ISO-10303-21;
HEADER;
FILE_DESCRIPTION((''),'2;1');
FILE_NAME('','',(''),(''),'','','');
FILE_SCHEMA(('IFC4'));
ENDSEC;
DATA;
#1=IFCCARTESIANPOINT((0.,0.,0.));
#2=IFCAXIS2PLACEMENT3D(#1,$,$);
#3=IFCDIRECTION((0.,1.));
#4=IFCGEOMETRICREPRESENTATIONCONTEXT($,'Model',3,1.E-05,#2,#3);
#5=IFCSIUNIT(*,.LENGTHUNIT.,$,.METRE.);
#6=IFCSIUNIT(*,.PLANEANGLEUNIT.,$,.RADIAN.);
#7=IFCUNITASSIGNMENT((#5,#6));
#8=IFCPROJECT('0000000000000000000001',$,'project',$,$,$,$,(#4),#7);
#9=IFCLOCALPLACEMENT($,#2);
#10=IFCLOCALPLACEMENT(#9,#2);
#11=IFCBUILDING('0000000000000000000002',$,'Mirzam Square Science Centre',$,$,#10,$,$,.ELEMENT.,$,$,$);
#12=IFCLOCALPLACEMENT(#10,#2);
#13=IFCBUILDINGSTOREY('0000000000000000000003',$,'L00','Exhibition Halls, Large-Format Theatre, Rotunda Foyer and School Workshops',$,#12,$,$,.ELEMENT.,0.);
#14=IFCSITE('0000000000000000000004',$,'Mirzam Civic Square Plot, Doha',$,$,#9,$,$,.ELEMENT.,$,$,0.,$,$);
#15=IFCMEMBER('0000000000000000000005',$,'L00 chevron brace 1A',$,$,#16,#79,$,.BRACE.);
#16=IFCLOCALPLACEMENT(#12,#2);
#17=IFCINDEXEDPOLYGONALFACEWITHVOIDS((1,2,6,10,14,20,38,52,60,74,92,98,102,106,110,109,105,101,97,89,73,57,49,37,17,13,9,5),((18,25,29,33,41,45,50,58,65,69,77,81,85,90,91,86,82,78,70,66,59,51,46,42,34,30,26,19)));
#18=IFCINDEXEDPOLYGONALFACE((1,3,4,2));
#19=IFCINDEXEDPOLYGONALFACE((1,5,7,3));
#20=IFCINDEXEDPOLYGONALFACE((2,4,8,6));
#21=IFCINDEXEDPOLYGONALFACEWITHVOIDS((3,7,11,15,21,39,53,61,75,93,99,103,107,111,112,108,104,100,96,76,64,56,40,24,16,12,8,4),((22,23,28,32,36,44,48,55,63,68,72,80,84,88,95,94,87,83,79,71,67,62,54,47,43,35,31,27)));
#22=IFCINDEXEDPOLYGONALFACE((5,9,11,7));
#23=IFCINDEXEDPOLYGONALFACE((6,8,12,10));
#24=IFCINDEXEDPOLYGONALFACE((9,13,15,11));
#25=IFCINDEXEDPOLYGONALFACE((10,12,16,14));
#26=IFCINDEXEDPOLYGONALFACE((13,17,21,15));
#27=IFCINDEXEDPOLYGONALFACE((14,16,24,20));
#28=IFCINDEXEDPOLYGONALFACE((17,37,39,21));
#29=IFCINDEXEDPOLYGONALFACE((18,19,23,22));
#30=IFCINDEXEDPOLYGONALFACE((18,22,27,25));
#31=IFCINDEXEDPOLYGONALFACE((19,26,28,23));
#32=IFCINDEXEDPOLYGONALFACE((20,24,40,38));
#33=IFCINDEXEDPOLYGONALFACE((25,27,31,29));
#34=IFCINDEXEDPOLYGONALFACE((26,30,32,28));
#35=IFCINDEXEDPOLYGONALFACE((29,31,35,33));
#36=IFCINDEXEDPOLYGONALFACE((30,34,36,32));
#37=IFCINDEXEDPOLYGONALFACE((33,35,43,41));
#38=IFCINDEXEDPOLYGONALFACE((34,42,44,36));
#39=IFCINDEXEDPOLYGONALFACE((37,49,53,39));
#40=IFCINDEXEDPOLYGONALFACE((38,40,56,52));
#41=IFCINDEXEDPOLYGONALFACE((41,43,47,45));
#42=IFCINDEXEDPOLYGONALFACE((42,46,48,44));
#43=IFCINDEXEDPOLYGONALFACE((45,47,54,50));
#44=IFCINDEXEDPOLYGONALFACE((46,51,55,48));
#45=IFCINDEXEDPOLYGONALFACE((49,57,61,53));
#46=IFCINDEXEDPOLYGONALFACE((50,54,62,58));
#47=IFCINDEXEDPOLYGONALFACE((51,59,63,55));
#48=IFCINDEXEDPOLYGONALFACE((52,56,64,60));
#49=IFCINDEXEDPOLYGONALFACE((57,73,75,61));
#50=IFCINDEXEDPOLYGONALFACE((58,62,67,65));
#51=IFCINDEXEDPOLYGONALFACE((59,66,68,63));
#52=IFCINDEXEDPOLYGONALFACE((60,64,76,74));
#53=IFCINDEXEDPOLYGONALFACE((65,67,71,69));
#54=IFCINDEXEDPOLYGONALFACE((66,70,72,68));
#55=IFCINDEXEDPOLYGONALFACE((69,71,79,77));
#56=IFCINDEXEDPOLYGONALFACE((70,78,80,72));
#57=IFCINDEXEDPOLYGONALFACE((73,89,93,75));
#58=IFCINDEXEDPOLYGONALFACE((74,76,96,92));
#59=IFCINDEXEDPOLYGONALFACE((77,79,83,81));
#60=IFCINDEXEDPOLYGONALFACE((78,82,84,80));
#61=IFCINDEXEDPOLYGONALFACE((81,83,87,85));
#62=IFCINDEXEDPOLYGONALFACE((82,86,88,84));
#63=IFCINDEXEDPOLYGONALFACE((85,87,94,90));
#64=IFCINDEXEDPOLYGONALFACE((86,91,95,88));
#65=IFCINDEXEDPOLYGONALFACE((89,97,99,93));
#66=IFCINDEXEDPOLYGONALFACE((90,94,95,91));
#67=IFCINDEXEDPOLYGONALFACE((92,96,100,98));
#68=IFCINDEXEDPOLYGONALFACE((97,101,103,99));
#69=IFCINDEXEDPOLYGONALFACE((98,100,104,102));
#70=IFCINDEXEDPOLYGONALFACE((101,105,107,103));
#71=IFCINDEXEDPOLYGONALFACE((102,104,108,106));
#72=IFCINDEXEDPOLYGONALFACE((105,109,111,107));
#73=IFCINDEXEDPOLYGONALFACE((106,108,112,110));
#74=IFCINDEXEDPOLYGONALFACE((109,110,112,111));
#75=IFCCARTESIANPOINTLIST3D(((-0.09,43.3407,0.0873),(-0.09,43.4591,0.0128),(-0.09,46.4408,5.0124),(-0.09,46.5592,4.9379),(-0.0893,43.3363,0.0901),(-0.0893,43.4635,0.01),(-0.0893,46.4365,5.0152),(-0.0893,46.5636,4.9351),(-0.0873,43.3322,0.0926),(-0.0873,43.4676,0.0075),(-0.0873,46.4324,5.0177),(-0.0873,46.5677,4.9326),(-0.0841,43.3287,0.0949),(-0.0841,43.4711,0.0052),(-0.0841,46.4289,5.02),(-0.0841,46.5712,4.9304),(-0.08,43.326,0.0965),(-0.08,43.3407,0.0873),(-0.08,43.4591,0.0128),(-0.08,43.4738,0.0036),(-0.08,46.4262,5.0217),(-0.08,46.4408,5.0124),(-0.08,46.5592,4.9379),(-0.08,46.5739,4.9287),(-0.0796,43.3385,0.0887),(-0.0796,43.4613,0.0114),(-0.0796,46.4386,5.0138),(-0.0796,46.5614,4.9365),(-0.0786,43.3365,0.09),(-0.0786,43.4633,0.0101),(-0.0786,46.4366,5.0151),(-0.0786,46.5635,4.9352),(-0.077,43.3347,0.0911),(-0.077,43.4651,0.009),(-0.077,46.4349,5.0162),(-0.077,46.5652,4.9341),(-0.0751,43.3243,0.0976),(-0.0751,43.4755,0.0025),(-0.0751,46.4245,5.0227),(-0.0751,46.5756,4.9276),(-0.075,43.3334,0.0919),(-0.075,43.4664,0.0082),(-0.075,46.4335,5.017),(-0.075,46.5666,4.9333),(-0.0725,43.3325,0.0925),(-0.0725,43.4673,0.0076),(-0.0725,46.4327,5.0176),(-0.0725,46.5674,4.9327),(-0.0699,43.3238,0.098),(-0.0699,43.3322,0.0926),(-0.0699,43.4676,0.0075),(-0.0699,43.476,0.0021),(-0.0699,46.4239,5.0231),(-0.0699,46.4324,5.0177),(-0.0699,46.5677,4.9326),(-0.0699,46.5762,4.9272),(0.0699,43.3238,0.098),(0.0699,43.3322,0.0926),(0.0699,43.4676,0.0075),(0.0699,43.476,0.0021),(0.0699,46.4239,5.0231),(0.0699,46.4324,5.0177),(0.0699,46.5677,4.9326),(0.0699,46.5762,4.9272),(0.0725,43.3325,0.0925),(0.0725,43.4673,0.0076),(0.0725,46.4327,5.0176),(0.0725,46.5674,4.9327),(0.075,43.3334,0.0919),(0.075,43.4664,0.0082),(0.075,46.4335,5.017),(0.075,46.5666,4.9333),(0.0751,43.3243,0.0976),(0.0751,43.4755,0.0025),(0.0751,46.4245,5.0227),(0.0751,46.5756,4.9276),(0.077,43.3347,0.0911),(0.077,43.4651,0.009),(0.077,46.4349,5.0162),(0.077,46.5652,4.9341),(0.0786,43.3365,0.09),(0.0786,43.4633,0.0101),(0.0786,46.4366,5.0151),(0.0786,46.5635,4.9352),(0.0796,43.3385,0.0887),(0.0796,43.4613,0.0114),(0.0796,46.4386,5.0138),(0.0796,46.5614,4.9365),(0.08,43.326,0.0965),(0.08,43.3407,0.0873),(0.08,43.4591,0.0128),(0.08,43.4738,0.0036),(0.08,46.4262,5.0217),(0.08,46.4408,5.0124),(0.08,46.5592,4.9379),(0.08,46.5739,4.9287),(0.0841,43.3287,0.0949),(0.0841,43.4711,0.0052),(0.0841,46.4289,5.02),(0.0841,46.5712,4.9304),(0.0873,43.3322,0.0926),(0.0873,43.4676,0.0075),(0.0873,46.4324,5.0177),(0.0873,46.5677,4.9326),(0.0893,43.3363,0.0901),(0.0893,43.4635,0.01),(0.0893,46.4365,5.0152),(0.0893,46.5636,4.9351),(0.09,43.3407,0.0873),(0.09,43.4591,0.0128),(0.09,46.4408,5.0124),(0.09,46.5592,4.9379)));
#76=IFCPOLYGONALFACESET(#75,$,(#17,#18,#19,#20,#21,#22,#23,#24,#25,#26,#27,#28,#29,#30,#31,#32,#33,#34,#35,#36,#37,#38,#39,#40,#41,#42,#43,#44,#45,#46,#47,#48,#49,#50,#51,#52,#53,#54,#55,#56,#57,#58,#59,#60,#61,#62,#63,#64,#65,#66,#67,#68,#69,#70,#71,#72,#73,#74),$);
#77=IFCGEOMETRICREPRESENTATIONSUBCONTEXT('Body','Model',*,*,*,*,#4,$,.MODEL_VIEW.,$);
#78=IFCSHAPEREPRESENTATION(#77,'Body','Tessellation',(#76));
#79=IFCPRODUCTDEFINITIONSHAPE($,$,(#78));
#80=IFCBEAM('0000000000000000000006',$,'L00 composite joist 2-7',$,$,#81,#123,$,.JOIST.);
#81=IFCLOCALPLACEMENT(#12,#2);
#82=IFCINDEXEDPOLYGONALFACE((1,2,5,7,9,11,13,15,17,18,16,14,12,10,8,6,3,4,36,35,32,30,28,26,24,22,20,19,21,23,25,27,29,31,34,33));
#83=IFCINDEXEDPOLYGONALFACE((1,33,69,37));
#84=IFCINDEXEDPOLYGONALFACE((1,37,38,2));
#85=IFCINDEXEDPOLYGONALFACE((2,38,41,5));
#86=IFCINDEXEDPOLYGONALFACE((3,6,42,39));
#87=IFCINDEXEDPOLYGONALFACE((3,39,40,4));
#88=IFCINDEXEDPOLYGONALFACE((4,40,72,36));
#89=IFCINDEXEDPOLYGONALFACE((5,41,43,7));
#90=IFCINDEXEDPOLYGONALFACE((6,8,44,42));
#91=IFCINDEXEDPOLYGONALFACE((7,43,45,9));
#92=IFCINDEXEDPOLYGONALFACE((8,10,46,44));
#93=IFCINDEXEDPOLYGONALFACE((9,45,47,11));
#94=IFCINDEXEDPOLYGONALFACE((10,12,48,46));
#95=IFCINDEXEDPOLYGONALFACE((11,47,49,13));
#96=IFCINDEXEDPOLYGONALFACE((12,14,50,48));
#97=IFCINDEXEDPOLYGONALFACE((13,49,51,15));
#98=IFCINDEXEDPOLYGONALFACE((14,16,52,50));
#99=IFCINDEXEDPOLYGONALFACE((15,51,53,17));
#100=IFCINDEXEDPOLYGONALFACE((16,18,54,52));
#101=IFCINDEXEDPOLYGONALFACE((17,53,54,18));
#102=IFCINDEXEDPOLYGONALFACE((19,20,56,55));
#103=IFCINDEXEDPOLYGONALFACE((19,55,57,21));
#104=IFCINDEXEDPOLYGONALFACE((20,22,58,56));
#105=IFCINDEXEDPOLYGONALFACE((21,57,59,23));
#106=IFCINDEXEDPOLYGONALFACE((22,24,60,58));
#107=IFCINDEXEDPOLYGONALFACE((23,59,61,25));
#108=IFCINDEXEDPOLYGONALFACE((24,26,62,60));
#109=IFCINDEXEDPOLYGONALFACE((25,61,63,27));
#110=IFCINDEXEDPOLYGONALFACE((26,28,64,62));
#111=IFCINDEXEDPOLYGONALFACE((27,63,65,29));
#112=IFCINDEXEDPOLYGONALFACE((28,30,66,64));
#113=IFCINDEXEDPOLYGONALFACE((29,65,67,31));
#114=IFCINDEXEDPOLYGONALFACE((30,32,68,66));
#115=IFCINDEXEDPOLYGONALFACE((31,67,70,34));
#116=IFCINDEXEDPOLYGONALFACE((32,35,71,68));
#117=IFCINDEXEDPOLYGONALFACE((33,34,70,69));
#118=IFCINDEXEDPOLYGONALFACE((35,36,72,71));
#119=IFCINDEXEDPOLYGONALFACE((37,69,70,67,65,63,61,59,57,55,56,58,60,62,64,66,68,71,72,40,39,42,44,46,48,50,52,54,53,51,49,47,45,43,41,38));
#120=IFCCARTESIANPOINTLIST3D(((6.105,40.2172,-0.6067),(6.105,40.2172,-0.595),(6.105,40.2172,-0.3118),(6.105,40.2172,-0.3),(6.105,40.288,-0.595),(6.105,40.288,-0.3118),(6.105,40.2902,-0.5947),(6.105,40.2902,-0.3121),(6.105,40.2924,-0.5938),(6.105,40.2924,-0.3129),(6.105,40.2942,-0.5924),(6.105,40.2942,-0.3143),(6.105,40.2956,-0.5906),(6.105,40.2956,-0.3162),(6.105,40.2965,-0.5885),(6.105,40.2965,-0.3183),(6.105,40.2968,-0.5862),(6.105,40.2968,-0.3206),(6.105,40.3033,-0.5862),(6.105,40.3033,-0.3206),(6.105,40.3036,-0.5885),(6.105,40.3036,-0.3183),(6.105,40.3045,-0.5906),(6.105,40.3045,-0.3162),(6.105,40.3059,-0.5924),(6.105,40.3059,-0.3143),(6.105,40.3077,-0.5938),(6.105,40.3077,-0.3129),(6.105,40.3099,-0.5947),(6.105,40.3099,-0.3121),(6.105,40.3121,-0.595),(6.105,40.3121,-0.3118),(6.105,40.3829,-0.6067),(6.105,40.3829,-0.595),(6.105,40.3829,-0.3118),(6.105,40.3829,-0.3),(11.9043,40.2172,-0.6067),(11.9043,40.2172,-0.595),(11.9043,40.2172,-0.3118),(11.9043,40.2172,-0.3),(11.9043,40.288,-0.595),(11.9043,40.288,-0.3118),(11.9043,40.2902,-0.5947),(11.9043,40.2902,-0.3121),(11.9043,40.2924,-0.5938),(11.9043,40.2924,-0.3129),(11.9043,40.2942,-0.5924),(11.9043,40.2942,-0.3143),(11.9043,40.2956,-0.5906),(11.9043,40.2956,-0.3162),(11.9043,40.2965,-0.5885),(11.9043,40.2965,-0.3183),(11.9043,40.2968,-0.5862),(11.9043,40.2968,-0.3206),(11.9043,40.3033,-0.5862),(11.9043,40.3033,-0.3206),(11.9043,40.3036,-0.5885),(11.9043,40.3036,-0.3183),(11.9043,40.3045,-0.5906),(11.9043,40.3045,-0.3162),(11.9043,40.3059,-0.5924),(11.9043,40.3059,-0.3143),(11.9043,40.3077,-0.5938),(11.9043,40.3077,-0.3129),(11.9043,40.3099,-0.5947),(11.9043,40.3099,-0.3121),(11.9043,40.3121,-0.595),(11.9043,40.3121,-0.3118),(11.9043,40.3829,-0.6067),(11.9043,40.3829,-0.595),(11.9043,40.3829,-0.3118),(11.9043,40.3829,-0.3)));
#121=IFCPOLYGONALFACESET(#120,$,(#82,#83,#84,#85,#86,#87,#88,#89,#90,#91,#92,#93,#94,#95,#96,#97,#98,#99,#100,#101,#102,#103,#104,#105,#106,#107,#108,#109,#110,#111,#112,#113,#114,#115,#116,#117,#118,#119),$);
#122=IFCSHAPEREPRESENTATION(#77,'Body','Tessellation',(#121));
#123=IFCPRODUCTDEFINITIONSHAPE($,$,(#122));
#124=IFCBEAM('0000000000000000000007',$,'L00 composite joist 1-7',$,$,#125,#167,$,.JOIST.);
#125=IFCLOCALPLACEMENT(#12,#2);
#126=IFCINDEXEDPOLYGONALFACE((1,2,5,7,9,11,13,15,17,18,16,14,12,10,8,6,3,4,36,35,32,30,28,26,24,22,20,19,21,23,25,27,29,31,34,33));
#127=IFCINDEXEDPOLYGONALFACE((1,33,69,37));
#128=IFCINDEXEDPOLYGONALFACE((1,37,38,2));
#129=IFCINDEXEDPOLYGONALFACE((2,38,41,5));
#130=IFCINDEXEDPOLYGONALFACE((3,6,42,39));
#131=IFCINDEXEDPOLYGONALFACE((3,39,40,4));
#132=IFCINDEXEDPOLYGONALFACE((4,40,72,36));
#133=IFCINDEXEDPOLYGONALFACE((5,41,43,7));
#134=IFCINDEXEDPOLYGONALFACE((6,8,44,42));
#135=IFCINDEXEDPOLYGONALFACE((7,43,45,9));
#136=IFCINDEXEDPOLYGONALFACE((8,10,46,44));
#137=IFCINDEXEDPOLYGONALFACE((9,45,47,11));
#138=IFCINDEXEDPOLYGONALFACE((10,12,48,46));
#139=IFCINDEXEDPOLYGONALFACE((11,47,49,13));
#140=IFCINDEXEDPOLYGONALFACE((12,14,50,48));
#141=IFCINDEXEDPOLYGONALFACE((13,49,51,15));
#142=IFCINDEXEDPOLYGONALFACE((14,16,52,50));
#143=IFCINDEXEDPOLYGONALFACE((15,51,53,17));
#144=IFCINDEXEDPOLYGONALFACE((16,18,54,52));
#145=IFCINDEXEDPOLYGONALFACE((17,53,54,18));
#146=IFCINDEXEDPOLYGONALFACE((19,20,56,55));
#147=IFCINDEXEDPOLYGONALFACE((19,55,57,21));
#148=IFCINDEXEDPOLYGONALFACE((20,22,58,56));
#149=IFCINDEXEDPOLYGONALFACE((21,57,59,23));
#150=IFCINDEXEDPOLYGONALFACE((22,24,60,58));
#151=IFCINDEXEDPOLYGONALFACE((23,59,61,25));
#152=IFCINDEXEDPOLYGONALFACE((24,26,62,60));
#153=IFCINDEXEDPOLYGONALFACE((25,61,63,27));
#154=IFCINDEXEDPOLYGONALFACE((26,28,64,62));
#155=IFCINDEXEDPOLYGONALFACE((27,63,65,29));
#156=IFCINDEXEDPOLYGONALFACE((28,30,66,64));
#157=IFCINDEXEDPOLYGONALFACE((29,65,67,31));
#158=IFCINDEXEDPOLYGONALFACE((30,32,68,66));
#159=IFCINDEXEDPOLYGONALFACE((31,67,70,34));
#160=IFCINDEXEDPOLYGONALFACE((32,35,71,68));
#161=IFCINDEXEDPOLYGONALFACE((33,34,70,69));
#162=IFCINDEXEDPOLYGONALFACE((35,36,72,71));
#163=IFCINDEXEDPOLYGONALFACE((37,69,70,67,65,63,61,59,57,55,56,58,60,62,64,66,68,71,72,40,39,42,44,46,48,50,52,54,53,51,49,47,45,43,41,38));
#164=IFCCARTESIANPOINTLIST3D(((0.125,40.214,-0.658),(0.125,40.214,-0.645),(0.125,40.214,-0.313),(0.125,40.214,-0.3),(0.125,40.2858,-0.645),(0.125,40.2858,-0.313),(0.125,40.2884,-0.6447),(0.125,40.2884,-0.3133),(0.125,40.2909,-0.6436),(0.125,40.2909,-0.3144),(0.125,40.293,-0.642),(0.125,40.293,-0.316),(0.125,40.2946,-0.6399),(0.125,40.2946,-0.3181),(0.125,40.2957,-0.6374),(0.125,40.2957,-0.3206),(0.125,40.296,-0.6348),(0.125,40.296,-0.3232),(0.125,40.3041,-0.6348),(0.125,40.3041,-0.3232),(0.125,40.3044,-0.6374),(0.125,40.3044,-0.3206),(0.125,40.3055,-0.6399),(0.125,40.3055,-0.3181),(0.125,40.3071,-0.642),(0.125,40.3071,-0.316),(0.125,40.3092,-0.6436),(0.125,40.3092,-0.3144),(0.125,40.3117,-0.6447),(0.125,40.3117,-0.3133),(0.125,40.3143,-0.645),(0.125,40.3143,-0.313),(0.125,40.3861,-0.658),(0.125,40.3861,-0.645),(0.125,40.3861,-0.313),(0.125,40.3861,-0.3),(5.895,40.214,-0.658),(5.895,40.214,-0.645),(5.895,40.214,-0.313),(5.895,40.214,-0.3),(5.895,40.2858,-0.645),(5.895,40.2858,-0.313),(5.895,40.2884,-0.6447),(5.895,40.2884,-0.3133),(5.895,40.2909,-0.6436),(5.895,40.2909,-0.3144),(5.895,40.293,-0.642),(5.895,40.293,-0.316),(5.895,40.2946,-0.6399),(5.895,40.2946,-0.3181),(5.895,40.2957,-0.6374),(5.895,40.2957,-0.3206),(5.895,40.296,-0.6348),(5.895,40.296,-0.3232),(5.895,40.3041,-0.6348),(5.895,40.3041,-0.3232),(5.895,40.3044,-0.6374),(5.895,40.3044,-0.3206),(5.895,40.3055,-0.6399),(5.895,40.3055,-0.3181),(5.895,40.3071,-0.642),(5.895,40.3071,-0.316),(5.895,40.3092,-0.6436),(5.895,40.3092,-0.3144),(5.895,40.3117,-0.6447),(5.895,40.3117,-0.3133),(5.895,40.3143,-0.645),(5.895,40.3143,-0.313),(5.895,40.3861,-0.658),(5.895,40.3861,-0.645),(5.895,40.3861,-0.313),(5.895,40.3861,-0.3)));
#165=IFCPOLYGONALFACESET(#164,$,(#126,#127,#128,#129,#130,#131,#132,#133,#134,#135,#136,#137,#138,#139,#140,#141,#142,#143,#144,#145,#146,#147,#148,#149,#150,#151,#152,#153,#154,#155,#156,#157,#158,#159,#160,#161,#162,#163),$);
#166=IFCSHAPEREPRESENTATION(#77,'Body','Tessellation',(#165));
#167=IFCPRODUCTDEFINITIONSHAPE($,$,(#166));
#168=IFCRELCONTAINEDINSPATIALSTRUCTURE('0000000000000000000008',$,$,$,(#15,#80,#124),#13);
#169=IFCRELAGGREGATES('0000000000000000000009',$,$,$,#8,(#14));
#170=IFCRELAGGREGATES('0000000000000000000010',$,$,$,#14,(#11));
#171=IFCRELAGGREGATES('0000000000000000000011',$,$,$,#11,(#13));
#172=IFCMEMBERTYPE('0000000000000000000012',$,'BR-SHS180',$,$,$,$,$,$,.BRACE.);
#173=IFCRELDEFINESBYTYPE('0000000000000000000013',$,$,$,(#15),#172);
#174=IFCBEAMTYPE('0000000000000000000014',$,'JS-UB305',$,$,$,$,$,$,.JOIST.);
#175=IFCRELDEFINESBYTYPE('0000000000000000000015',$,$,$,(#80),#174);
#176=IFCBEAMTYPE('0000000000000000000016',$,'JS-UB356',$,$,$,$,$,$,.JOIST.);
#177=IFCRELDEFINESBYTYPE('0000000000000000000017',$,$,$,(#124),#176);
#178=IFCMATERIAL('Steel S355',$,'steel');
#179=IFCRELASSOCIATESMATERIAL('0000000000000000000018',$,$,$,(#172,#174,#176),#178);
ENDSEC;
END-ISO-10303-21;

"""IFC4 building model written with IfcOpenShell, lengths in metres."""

from ifc_helpers import new_model, si_unit, direction, frame, origin, origin_2d, place, context, subcontext, project, spatial, hollow_rectangle, i_section, extrude, material, material_profile, profile_set, type_object, element, save


model = new_model("IFC4")

# Units and contexts
model_context = context("Model", 3, precision=1e-05, world=origin(), true_north=direction((0.0, 1.0)))
body_context = subcontext(model_context, "Body", "Model", "MODEL_VIEW")
ifc_project = project(units=[si_unit("LENGTHUNIT", "METRE"), si_unit("PLANEANGLEUNIT", "RADIAN")], contexts=[model_context])

# Site, building, storey
site_placement = place(None, origin())
site = spatial("IfcSite", under=ifc_project, at=site_placement, Name="Mirzam Civic Square Plot, Doha", CompositionType="ELEMENT", RefElevation=0.0)
building_placement = place(site_placement, origin())
building = spatial("IfcBuilding", under=site, at=building_placement, Name="Mirzam Square Science Centre", CompositionType="ELEMENT")
storey_placement = place(building_placement, origin())
storey = spatial("IfcBuildingStorey", under=building, at=storey_placement, Name="L00", Description="Exhibition Halls, Large-Format Theatre, Rotunda Foyer and School Workshops", CompositionType="ELEMENT", Elevation=0.0)

# Shared definitions
ifc_material_1 = material(Name="Steel S355", Category="steel")

# Member
ifc_material_profile_1 = material_profile(ifc_material_1, hollow_rectangle(XDim=0.1799, YDim=0.1799, WallThickness=0.01, InnerFilletRadius=0.01, OuterFilletRadius=0.02, at=origin_2d()), Name="180x180x10.0SHS")
ifc_profile_set_1 = profile_set([ifc_material_profile_1], Name="Steel S355")
member_type = type_object("IfcMemberType", Name="BR-SHS180", PredefinedType="BRACE", material=ifc_profile_set_1)
member_placement = place(storey_placement, frame((0.0, 43.3999, 0.05), z_axis=(0.0, 0.532708, 0.846299), x_axis=(-1.0, 0.0, 0.0)))
element("IfcMember", 1, at=member_placement, inside=storey, type_object=member_type, Name="L00 chevron brace 1A", PredefinedType="BRACE", context=body_context, shape_type="SweptSolid", body=[
    extrude(hollow_rectangle(XDim=0.1799, YDim=0.1799, WallThickness=0.01, InnerFilletRadius=0.01, OuterFilletRadius=0.02, at=origin_2d()), origin(), (0.0, 0.0, 1.0), 5.8196),
])

# Beams
ifc_material_profile_2 = material_profile(ifc_material_1, i_section(OverallWidth=0.1658, OverallDepth=0.3066, WebThickness=0.0066, FlangeThickness=0.0117, FilletRadius=0.0088, at=origin_2d()), Name="305x165x46UB")
ifc_profile_set_2 = profile_set([ifc_material_profile_2], Name="Steel S355")
beam_type_1 = type_object("IfcBeamType", Name="JS-UB305", PredefinedType="JOIST", material=ifc_profile_set_2)
beam_1_placement = place(storey_placement, frame((6.105, 40.3, -0.4534), z_axis=(1.0, 0.0, 0.0), x_axis=(0.0, 1.0, 0.0)))
element("IfcBeam", 2, at=beam_1_placement, inside=storey, type_object=beam_type_1, Name="L00 composite joist 2-7", PredefinedType="JOIST", context=body_context, shape_type="SweptSolid", body=[
    extrude(i_section(OverallWidth=0.1658, OverallDepth=0.3066, WebThickness=0.0066, FlangeThickness=0.0117, FilletRadius=0.0088, at=origin_2d()), origin(), (0.0, 0.0, 1.0), 5.7993),
])
ifc_material_profile_3 = material_profile(ifc_material_1, i_section(OverallWidth=0.1721, OverallDepth=0.3579, WebThickness=0.0081, FlangeThickness=0.0129, FilletRadius=0.0103, at=origin_2d()), Name="356x171x57UB")
ifc_profile_set_3 = profile_set([ifc_material_profile_3], Name="Steel S355")
beam_type_2 = type_object("IfcBeamType", Name="JS-UB356", PredefinedType="JOIST", material=ifc_profile_set_3)
beam_2_placement = place(storey_placement, frame((0.125, 40.3, -0.479), z_axis=(1.0, 0.0, 0.0), x_axis=(0.0, 1.0, 0.0)))
element("IfcBeam", 3, at=beam_2_placement, inside=storey, type_object=beam_type_2, Name="L00 composite joist 1-7", PredefinedType="JOIST", context=body_context, shape_type="SweptSolid", body=[
    extrude(i_section(OverallWidth=0.1721, OverallDepth=0.3579, WebThickness=0.0081, FlangeThickness=0.0129, FilletRadius=0.0103, at=origin_2d()), origin(), (0.0, 0.0, 1.0), 5.77),
])

save(model, "model.ifc")
